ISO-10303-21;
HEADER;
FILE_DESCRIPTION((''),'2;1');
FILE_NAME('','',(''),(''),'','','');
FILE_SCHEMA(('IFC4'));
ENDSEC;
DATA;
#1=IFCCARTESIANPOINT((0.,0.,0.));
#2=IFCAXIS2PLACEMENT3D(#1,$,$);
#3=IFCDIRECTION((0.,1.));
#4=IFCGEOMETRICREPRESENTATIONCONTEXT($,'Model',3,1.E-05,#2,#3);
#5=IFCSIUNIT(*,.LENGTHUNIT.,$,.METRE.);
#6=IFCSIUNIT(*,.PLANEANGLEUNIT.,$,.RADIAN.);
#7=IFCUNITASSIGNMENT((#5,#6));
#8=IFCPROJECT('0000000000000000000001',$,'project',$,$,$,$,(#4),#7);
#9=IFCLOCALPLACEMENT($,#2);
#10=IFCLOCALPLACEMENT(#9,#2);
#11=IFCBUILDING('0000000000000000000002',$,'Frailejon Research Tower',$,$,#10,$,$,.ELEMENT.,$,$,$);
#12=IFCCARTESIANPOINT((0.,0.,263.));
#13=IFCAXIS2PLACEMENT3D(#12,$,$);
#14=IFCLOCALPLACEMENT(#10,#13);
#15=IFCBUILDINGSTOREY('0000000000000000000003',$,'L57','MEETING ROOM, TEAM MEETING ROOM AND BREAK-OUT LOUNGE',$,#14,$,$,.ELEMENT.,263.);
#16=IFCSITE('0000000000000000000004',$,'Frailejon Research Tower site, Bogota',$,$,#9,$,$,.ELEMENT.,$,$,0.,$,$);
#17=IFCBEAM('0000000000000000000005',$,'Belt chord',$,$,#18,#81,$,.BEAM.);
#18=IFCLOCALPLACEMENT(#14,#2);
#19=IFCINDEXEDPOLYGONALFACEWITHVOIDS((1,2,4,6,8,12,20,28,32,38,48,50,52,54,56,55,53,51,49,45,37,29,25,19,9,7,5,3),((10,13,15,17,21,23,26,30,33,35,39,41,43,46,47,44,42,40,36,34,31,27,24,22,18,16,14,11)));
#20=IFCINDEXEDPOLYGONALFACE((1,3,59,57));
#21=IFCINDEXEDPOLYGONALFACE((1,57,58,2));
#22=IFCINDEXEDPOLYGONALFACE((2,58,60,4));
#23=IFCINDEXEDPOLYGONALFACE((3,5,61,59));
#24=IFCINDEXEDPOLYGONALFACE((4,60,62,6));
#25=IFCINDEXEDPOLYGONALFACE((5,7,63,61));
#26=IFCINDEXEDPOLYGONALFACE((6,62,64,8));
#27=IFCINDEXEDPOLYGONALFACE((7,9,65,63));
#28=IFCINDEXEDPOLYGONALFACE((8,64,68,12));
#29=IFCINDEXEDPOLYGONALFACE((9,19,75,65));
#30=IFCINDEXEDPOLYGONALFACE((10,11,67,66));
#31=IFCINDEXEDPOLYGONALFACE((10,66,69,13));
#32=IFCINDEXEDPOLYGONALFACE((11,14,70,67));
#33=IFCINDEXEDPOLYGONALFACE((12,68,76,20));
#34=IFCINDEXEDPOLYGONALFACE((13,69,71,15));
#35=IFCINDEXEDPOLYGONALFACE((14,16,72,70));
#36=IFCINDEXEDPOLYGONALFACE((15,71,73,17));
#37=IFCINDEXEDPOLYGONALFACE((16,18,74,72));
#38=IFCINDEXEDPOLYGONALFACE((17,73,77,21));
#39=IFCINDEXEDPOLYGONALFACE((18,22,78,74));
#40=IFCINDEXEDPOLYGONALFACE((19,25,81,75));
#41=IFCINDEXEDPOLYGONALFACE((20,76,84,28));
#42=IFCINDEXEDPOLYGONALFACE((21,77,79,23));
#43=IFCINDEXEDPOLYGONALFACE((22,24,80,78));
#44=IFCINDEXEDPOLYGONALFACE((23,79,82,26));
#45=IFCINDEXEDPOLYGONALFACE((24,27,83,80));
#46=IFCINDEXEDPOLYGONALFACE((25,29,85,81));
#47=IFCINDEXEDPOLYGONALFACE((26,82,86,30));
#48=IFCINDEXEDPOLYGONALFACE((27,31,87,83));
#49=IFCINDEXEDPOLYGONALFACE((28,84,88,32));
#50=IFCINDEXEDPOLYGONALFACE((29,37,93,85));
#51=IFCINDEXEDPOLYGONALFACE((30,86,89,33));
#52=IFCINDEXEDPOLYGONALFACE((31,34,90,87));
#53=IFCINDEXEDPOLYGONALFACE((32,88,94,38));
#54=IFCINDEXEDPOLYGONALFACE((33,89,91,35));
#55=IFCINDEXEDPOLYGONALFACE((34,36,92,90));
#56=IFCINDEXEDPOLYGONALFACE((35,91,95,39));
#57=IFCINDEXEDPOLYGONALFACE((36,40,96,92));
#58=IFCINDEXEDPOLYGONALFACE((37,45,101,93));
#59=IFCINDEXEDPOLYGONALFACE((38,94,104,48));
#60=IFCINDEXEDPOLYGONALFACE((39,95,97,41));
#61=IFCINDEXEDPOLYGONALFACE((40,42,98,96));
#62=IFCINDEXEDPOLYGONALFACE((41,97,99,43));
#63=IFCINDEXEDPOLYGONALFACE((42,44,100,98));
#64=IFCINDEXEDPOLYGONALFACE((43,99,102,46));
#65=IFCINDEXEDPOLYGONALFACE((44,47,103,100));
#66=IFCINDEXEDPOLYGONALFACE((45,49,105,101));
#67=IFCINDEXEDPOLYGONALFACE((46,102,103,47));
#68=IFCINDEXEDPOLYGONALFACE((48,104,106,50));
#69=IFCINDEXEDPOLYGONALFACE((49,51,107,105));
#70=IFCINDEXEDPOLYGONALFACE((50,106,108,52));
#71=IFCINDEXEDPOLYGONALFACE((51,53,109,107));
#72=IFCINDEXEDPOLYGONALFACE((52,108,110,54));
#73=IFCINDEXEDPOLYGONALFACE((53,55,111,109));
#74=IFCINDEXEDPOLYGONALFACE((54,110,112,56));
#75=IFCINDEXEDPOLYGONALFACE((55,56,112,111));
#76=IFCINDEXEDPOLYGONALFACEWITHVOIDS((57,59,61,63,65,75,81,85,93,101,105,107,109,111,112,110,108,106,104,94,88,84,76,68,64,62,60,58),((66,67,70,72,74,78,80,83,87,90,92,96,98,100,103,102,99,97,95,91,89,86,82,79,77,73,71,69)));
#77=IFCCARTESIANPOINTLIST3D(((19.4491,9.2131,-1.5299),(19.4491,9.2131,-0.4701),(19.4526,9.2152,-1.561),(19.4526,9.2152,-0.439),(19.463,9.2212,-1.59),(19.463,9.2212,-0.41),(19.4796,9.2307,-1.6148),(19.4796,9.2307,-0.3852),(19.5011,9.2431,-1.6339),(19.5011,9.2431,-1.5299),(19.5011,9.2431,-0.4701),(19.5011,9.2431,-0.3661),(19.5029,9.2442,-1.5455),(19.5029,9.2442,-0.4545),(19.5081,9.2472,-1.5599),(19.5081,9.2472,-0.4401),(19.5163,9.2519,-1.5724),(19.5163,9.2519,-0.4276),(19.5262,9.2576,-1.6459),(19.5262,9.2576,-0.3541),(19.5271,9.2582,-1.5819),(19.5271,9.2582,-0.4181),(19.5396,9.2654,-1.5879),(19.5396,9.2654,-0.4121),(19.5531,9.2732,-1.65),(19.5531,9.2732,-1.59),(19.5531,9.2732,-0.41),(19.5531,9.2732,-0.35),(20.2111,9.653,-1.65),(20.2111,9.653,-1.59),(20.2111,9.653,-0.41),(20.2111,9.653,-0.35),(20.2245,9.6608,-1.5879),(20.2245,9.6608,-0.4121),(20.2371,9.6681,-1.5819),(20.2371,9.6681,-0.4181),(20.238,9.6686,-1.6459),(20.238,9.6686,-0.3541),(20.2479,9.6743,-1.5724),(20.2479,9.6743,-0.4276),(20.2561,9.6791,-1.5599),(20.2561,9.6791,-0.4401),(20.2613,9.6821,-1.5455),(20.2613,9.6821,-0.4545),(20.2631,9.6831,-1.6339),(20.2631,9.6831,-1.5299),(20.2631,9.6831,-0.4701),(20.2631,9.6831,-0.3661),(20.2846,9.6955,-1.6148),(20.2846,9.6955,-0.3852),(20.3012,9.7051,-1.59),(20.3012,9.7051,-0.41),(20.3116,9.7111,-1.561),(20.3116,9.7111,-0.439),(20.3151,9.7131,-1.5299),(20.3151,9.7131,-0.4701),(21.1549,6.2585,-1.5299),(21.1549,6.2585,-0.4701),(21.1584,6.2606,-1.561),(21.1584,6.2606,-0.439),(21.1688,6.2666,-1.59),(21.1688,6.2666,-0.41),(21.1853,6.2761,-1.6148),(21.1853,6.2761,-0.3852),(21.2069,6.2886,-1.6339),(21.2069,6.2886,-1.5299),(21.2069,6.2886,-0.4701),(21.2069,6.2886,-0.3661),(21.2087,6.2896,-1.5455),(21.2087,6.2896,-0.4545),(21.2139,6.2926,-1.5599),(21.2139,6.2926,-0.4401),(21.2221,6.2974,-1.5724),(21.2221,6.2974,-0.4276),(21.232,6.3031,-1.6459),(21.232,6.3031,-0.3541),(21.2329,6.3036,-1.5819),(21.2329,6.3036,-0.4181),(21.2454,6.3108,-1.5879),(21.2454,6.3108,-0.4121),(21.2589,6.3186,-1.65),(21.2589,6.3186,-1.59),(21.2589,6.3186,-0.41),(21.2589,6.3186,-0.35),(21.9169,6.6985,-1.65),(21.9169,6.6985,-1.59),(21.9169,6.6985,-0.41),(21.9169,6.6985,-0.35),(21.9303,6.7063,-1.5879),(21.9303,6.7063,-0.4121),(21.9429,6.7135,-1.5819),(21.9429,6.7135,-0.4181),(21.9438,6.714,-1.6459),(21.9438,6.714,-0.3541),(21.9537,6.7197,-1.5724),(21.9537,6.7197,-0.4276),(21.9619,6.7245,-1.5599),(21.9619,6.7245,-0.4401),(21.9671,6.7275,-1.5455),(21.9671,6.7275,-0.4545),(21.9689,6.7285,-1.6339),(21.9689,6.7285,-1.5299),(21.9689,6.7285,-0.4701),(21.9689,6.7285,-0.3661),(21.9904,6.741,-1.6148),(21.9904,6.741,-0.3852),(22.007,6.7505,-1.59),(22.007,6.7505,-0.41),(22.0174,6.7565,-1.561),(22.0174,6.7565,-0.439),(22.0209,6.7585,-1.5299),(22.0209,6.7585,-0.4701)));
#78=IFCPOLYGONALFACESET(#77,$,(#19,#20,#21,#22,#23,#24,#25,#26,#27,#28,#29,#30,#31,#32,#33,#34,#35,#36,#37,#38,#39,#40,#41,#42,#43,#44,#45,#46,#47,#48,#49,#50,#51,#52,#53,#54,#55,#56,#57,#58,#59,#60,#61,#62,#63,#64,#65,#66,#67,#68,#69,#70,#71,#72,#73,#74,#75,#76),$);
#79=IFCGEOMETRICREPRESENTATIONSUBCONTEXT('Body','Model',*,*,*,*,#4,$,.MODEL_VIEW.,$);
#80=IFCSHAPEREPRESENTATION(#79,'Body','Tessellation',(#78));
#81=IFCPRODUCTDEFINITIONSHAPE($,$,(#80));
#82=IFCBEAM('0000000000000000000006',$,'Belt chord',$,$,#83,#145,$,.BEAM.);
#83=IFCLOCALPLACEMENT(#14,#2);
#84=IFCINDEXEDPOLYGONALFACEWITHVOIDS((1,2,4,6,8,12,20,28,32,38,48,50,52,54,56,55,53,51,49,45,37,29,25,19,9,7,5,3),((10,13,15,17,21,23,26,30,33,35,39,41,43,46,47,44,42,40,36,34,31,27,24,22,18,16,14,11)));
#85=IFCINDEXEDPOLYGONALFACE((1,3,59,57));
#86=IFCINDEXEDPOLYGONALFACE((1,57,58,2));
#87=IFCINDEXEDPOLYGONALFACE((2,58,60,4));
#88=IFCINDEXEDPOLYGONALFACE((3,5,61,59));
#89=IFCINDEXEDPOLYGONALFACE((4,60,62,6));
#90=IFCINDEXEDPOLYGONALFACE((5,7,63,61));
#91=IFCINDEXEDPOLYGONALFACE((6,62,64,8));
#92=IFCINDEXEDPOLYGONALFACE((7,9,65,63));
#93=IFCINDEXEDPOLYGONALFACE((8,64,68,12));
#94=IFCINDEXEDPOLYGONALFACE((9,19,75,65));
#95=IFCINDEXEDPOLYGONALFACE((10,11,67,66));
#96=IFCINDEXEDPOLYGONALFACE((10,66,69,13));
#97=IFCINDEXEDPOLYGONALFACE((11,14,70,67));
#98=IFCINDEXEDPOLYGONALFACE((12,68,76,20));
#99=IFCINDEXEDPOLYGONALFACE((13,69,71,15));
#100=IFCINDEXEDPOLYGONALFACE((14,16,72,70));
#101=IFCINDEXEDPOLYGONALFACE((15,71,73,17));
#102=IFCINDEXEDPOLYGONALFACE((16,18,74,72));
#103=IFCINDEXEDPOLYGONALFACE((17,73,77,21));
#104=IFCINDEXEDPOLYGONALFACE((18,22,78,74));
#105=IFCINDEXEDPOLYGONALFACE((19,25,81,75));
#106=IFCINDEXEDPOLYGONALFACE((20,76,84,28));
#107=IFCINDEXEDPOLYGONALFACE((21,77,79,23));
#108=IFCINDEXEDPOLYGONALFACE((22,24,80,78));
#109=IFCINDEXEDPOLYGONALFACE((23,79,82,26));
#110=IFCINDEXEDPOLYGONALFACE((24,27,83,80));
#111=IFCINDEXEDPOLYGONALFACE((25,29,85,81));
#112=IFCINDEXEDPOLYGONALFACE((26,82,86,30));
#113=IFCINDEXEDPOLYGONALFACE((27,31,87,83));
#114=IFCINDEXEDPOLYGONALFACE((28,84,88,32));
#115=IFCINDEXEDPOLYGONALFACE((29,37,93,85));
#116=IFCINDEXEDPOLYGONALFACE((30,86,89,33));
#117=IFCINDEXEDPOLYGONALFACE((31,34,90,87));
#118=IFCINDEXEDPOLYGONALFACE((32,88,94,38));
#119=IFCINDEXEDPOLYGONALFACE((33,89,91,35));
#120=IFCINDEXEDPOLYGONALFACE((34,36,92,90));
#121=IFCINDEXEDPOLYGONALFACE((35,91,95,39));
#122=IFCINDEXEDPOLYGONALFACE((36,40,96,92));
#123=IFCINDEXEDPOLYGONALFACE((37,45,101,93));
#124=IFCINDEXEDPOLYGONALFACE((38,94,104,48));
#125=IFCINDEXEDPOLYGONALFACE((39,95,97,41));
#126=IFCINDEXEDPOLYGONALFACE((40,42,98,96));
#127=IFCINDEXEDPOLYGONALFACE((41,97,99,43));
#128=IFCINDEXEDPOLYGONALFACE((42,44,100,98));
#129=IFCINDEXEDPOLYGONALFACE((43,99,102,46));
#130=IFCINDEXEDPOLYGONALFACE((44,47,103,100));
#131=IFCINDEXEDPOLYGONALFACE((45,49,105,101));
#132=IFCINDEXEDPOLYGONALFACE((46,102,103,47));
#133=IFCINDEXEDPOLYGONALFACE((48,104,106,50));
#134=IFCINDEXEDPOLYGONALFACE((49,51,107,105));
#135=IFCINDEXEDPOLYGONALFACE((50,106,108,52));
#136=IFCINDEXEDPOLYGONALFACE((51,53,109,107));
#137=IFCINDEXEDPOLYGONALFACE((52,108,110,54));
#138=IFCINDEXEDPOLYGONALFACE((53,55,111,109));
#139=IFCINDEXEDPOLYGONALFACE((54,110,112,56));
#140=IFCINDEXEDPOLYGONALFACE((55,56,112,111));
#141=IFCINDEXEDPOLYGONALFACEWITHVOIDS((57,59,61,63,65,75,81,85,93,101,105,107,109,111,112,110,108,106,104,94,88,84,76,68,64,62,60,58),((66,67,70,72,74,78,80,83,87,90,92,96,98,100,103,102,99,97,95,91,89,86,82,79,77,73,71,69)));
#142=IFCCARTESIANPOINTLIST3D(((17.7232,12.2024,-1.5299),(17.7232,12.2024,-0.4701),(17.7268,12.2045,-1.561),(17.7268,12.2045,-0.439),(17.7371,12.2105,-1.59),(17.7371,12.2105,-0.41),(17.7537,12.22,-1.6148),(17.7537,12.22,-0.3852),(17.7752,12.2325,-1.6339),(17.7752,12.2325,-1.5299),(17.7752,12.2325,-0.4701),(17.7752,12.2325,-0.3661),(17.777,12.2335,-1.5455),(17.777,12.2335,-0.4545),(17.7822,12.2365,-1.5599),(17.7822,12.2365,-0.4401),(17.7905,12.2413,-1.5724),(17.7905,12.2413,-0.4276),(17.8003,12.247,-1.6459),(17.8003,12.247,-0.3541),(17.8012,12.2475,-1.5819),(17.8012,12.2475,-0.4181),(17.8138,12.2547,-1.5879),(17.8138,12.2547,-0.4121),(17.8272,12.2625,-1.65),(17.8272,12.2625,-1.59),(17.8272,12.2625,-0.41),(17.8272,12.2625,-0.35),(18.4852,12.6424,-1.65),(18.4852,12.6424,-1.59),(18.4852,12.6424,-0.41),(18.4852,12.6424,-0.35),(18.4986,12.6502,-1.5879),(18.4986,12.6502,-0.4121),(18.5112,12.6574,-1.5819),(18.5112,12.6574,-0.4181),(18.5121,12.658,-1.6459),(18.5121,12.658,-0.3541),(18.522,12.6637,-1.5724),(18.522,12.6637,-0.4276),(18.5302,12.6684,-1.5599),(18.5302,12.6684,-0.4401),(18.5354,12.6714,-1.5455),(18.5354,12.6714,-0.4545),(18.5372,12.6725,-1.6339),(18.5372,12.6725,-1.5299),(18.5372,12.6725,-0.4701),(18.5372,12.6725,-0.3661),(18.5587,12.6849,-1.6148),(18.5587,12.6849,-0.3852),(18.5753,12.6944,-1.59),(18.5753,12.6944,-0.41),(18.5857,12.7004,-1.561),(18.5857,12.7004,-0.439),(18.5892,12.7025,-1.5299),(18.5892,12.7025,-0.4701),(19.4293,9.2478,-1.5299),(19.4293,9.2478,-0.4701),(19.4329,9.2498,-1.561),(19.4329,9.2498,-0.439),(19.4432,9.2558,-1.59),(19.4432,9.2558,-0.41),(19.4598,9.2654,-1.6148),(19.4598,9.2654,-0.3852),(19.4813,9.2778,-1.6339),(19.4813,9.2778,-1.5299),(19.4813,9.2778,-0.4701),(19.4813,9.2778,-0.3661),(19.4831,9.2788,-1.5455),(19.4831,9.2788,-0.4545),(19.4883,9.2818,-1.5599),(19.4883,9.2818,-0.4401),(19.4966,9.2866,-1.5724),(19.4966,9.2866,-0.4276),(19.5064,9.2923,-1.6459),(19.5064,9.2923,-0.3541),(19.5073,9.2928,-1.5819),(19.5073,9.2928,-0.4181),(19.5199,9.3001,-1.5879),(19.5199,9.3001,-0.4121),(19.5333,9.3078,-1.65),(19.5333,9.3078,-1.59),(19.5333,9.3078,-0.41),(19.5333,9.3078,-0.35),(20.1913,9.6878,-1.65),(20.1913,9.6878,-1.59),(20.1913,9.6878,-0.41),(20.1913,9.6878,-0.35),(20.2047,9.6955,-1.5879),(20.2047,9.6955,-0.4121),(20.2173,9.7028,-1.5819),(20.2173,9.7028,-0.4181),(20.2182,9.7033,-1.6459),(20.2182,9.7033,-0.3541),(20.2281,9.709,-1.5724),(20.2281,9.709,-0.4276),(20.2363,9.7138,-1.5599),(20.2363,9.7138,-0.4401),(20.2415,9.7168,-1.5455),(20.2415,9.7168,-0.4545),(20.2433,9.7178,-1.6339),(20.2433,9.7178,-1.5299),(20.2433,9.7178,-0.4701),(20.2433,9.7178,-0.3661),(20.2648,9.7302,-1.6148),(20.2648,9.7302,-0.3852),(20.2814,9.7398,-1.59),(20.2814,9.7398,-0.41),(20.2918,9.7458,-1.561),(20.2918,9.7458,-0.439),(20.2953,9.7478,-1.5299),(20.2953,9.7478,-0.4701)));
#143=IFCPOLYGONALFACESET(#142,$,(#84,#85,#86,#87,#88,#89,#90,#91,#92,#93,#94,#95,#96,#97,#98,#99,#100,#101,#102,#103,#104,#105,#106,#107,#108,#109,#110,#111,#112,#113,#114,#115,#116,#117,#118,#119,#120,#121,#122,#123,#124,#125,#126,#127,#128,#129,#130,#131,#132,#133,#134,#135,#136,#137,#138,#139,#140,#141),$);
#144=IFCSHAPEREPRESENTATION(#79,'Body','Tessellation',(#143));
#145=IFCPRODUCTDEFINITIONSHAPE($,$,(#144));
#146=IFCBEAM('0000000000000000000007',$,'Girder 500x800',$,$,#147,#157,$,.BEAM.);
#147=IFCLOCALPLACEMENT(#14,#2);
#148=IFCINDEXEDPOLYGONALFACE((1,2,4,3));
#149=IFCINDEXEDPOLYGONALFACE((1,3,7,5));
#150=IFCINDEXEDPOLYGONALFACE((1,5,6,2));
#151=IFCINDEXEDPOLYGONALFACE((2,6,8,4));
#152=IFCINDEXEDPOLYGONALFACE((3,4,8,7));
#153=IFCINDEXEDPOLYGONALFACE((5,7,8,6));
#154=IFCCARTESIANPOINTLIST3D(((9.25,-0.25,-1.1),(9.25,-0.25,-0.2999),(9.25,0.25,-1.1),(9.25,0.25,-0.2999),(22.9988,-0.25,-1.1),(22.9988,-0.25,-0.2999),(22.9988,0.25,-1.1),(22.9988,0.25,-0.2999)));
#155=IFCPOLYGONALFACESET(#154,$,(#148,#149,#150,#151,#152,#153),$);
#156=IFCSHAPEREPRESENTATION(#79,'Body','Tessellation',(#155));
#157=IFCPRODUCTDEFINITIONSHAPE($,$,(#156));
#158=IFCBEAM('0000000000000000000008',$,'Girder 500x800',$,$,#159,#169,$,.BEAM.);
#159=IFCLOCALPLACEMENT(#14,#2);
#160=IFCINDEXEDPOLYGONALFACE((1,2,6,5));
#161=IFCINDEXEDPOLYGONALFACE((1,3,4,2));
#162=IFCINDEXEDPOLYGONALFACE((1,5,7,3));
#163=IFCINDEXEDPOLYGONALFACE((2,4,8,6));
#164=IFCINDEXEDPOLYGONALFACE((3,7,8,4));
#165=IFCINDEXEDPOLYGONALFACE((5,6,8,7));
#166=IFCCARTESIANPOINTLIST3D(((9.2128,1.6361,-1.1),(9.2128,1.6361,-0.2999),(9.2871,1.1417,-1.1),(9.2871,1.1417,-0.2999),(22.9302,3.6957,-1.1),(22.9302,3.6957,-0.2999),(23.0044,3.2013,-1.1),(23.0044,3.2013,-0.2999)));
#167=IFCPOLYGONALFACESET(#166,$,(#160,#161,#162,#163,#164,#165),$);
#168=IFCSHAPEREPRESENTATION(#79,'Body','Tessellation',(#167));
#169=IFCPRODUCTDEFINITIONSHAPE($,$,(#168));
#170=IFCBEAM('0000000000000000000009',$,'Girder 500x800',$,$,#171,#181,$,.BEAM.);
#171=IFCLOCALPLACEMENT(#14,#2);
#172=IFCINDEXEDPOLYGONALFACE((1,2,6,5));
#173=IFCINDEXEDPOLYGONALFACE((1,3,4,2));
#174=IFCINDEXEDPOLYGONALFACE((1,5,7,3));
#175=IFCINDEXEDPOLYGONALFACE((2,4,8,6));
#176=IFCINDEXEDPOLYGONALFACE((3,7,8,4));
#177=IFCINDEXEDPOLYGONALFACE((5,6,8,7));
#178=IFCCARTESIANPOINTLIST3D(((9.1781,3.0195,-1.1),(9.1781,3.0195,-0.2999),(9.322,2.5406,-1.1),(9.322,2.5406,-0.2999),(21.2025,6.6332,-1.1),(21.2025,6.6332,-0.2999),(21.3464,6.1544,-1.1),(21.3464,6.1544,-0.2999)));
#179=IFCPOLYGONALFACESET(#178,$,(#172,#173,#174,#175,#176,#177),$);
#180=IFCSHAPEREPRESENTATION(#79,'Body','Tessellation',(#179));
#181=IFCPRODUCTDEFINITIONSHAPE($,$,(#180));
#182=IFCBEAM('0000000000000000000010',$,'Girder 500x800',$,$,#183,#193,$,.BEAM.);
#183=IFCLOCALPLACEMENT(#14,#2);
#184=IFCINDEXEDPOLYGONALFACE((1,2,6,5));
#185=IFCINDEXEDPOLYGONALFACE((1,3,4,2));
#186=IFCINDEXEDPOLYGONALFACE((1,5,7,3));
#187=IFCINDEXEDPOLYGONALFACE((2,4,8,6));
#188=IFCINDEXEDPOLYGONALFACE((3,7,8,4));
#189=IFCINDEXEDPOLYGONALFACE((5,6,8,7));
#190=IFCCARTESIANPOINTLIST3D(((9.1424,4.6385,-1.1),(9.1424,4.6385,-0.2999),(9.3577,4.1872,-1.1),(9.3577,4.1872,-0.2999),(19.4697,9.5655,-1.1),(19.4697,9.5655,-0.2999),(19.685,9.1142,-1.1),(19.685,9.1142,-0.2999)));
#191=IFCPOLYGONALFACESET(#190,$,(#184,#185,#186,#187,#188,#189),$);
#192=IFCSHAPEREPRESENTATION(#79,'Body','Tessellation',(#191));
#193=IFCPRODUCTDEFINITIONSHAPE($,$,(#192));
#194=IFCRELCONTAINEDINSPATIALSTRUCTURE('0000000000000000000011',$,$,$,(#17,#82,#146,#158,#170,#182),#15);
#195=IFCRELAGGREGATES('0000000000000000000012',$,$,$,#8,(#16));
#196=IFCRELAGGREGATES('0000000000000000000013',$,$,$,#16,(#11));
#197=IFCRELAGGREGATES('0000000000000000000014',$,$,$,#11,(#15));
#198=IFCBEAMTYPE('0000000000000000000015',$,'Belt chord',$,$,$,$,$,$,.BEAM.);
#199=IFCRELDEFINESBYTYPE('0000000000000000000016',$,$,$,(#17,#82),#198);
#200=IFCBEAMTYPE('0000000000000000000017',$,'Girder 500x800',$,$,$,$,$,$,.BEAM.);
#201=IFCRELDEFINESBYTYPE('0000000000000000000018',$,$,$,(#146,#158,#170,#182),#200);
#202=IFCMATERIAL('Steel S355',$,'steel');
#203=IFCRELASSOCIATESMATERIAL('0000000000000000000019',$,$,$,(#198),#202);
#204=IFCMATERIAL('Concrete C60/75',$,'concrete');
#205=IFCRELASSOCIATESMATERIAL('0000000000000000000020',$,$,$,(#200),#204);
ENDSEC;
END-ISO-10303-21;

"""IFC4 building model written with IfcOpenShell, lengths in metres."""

from ifc_helpers import new_model, si_unit, direction, frame, origin, origin_2d, place, context, subcontext, project, spatial, rectangle, hollow_rectangle, extrude, material, material_profile, profile_set, type_object, element, save


model = new_model("IFC4")

# Units and contexts
model_context = context("Model", 3, precision=1e-05, world=origin(), true_north=direction((0.0, 1.0)))
body_context = subcontext(model_context, "Body", "Model", "MODEL_VIEW")
ifc_project = project(units=[si_unit("LENGTHUNIT", "METRE"), si_unit("PLANEANGLEUNIT", "RADIAN")], contexts=[model_context])

# Site, building, storey
site_placement = place(None, origin())
site = spatial("IfcSite", under=ifc_project, at=site_placement, Name="Frailejon Research Tower site, Bogota", CompositionType="ELEMENT", RefElevation=0.0)
building_placement = place(site_placement, origin())
building = spatial("IfcBuilding", under=site, at=building_placement, Name="Frailejon Research Tower", CompositionType="ELEMENT")
storey_placement = place(building_placement, frame((0.0, 0.0, 263.0)))
storey = spatial("IfcBuildingStorey", under=building, at=storey_placement, Name="L57", Description="MEETING ROOM, TEAM MEETING ROOM AND BREAK-OUT LOUNGE", CompositionType="ELEMENT", Elevation=263.0)

# Beams
ifc_material_1 = material(Name="Steel S355", Category="steel")
ifc_material_profile_1 = material_profile(ifc_material_1, hollow_rectangle(XDim=1.0, YDim=1.3, WallThickness=0.0601, InnerFilletRadius=0.0601, OuterFilletRadius=0.1201, at=origin_2d()), Name="Belt chord")
ifc_profile_set_1 = profile_set([ifc_material_profile_1], Name="Steel S355")
beam_type_1 = type_object("IfcBeamType", Name="Belt chord", PredefinedType="BEAM", material=ifc_profile_set_1)
for number, where, z_axis, x_axis, name in (
    (1, (21.5879, 6.5085, -1.0), (-0.499995, 0.866028, 0.0), (-0.866028, -0.499995, 0.0), "Belt chord"),
):
    element("IfcBeam", number, at=place(storey_placement, frame(where, z_axis=z_axis, x_axis=x_axis)), inside=storey, type_object=beam_type_1, Name=name, PredefinedType="BEAM", context=body_context, shape_type="SweptSolid", body=[
        extrude(hollow_rectangle(XDim=1.0, YDim=1.3, WallThickness=0.0601, InnerFilletRadius=0.0601, OuterFilletRadius=0.1201, at=origin_2d()), origin(), (0.0, 0.0, 1.0), 3.4116),
    ])
beam_1_placement = place(storey_placement, frame((19.8623, 9.4978, -1.0), z_axis=(-0.500049, 0.865997, 0.0), x_axis=(-0.865997, -0.500049, 0.0)))
element("IfcBeam", 2, at=beam_1_placement, inside=storey, type_object=beam_type_1, Name="Belt chord", PredefinedType="BEAM", context=body_context, shape_type="SweptSolid", body=[
    extrude(hollow_rectangle(XDim=1.0, YDim=1.3, WallThickness=0.0601, InnerFilletRadius=0.0601, OuterFilletRadius=0.1201, at=origin_2d()), origin(), (0.0, 0.0, 1.0), 3.4119),
])
ifc_material_2 = material(Name="Concrete C60/75", Category="concrete")
ifc_material_profile_2 = material_profile(ifc_material_2, rectangle(XDim=0.5, YDim=0.8, at=origin_2d()), Name="Girder 500x800")
ifc_profile_set_2 = profile_set([ifc_material_profile_2], Name="Concrete C60/75")
beam_type_2 = type_object("IfcBeamType", Name="Girder 500x800", PredefinedType="BEAM", material=ifc_profile_set_2)
beam_2_placement = place(storey_placement, frame((22.9988, 0.0, -0.7), z_axis=(-1.0, 0.0, 0.0), x_axis=(0.0, -1.0, 0.0)))
element("IfcBeam", 3, at=beam_2_placement, inside=storey, type_object=beam_type_2, Name="Girder 500x800", PredefinedType="BEAM", context=body_context, shape_type="SweptSolid", body=[
    extrude(rectangle(XDim=0.5, YDim=0.8, at=origin_2d()), origin(), (0.0, 0.0, 1.0), 13.7488),
])
beam_3_placement = place(storey_placement, frame((22.9673, 3.4485, -0.7), z_axis=(-0.988915, -0.14848, 0.0), x_axis=(0.14848, -0.988915, 0.0)))
element("IfcBeam", 4, at=beam_3_placement, inside=storey, type_object=beam_type_2, Name="Girder 500x800", PredefinedType="BEAM", context=body_context, shape_type="SweptSolid", body=[
    extrude(rectangle(XDim=0.5, YDim=0.8, at=origin_2d()), origin(), (0.0, 0.0, 1.0), 13.8711),
])
beam_4_placement = place(storey_placement, frame((21.2744, 6.3938, -0.7), z_axis=(-0.957685, -0.287819, 0.0), x_axis=(0.287819, -0.957685, 0.0)))
element("IfcBeam", 5, at=beam_4_placement, inside=storey, type_object=beam_type_2, Name="Girder 500x800", PredefinedType="BEAM", context=body_context, shape_type="SweptSolid", body=[
    extrude(rectangle(XDim=0.5, YDim=0.8, at=origin_2d()), origin(), (0.0, 0.0, 1.0), 12.5557),
])
beam_5_placement = place(storey_placement, frame((19.5774, 9.3398, -0.7), z_axis=(-0.902548, -0.430589, 0.0), x_axis=(0.430589, -0.902548, 0.0)))
element("IfcBeam", 6, at=beam_5_placement, inside=storey, type_object=beam_type_2, Name="Girder 500x800", PredefinedType="BEAM", context=body_context, shape_type="SweptSolid", body=[
    extrude(rectangle(XDim=0.5, YDim=0.8, at=origin_2d()), origin(), (0.0, 0.0, 1.0), 11.4424),
])

save(model, "model.ifc")
